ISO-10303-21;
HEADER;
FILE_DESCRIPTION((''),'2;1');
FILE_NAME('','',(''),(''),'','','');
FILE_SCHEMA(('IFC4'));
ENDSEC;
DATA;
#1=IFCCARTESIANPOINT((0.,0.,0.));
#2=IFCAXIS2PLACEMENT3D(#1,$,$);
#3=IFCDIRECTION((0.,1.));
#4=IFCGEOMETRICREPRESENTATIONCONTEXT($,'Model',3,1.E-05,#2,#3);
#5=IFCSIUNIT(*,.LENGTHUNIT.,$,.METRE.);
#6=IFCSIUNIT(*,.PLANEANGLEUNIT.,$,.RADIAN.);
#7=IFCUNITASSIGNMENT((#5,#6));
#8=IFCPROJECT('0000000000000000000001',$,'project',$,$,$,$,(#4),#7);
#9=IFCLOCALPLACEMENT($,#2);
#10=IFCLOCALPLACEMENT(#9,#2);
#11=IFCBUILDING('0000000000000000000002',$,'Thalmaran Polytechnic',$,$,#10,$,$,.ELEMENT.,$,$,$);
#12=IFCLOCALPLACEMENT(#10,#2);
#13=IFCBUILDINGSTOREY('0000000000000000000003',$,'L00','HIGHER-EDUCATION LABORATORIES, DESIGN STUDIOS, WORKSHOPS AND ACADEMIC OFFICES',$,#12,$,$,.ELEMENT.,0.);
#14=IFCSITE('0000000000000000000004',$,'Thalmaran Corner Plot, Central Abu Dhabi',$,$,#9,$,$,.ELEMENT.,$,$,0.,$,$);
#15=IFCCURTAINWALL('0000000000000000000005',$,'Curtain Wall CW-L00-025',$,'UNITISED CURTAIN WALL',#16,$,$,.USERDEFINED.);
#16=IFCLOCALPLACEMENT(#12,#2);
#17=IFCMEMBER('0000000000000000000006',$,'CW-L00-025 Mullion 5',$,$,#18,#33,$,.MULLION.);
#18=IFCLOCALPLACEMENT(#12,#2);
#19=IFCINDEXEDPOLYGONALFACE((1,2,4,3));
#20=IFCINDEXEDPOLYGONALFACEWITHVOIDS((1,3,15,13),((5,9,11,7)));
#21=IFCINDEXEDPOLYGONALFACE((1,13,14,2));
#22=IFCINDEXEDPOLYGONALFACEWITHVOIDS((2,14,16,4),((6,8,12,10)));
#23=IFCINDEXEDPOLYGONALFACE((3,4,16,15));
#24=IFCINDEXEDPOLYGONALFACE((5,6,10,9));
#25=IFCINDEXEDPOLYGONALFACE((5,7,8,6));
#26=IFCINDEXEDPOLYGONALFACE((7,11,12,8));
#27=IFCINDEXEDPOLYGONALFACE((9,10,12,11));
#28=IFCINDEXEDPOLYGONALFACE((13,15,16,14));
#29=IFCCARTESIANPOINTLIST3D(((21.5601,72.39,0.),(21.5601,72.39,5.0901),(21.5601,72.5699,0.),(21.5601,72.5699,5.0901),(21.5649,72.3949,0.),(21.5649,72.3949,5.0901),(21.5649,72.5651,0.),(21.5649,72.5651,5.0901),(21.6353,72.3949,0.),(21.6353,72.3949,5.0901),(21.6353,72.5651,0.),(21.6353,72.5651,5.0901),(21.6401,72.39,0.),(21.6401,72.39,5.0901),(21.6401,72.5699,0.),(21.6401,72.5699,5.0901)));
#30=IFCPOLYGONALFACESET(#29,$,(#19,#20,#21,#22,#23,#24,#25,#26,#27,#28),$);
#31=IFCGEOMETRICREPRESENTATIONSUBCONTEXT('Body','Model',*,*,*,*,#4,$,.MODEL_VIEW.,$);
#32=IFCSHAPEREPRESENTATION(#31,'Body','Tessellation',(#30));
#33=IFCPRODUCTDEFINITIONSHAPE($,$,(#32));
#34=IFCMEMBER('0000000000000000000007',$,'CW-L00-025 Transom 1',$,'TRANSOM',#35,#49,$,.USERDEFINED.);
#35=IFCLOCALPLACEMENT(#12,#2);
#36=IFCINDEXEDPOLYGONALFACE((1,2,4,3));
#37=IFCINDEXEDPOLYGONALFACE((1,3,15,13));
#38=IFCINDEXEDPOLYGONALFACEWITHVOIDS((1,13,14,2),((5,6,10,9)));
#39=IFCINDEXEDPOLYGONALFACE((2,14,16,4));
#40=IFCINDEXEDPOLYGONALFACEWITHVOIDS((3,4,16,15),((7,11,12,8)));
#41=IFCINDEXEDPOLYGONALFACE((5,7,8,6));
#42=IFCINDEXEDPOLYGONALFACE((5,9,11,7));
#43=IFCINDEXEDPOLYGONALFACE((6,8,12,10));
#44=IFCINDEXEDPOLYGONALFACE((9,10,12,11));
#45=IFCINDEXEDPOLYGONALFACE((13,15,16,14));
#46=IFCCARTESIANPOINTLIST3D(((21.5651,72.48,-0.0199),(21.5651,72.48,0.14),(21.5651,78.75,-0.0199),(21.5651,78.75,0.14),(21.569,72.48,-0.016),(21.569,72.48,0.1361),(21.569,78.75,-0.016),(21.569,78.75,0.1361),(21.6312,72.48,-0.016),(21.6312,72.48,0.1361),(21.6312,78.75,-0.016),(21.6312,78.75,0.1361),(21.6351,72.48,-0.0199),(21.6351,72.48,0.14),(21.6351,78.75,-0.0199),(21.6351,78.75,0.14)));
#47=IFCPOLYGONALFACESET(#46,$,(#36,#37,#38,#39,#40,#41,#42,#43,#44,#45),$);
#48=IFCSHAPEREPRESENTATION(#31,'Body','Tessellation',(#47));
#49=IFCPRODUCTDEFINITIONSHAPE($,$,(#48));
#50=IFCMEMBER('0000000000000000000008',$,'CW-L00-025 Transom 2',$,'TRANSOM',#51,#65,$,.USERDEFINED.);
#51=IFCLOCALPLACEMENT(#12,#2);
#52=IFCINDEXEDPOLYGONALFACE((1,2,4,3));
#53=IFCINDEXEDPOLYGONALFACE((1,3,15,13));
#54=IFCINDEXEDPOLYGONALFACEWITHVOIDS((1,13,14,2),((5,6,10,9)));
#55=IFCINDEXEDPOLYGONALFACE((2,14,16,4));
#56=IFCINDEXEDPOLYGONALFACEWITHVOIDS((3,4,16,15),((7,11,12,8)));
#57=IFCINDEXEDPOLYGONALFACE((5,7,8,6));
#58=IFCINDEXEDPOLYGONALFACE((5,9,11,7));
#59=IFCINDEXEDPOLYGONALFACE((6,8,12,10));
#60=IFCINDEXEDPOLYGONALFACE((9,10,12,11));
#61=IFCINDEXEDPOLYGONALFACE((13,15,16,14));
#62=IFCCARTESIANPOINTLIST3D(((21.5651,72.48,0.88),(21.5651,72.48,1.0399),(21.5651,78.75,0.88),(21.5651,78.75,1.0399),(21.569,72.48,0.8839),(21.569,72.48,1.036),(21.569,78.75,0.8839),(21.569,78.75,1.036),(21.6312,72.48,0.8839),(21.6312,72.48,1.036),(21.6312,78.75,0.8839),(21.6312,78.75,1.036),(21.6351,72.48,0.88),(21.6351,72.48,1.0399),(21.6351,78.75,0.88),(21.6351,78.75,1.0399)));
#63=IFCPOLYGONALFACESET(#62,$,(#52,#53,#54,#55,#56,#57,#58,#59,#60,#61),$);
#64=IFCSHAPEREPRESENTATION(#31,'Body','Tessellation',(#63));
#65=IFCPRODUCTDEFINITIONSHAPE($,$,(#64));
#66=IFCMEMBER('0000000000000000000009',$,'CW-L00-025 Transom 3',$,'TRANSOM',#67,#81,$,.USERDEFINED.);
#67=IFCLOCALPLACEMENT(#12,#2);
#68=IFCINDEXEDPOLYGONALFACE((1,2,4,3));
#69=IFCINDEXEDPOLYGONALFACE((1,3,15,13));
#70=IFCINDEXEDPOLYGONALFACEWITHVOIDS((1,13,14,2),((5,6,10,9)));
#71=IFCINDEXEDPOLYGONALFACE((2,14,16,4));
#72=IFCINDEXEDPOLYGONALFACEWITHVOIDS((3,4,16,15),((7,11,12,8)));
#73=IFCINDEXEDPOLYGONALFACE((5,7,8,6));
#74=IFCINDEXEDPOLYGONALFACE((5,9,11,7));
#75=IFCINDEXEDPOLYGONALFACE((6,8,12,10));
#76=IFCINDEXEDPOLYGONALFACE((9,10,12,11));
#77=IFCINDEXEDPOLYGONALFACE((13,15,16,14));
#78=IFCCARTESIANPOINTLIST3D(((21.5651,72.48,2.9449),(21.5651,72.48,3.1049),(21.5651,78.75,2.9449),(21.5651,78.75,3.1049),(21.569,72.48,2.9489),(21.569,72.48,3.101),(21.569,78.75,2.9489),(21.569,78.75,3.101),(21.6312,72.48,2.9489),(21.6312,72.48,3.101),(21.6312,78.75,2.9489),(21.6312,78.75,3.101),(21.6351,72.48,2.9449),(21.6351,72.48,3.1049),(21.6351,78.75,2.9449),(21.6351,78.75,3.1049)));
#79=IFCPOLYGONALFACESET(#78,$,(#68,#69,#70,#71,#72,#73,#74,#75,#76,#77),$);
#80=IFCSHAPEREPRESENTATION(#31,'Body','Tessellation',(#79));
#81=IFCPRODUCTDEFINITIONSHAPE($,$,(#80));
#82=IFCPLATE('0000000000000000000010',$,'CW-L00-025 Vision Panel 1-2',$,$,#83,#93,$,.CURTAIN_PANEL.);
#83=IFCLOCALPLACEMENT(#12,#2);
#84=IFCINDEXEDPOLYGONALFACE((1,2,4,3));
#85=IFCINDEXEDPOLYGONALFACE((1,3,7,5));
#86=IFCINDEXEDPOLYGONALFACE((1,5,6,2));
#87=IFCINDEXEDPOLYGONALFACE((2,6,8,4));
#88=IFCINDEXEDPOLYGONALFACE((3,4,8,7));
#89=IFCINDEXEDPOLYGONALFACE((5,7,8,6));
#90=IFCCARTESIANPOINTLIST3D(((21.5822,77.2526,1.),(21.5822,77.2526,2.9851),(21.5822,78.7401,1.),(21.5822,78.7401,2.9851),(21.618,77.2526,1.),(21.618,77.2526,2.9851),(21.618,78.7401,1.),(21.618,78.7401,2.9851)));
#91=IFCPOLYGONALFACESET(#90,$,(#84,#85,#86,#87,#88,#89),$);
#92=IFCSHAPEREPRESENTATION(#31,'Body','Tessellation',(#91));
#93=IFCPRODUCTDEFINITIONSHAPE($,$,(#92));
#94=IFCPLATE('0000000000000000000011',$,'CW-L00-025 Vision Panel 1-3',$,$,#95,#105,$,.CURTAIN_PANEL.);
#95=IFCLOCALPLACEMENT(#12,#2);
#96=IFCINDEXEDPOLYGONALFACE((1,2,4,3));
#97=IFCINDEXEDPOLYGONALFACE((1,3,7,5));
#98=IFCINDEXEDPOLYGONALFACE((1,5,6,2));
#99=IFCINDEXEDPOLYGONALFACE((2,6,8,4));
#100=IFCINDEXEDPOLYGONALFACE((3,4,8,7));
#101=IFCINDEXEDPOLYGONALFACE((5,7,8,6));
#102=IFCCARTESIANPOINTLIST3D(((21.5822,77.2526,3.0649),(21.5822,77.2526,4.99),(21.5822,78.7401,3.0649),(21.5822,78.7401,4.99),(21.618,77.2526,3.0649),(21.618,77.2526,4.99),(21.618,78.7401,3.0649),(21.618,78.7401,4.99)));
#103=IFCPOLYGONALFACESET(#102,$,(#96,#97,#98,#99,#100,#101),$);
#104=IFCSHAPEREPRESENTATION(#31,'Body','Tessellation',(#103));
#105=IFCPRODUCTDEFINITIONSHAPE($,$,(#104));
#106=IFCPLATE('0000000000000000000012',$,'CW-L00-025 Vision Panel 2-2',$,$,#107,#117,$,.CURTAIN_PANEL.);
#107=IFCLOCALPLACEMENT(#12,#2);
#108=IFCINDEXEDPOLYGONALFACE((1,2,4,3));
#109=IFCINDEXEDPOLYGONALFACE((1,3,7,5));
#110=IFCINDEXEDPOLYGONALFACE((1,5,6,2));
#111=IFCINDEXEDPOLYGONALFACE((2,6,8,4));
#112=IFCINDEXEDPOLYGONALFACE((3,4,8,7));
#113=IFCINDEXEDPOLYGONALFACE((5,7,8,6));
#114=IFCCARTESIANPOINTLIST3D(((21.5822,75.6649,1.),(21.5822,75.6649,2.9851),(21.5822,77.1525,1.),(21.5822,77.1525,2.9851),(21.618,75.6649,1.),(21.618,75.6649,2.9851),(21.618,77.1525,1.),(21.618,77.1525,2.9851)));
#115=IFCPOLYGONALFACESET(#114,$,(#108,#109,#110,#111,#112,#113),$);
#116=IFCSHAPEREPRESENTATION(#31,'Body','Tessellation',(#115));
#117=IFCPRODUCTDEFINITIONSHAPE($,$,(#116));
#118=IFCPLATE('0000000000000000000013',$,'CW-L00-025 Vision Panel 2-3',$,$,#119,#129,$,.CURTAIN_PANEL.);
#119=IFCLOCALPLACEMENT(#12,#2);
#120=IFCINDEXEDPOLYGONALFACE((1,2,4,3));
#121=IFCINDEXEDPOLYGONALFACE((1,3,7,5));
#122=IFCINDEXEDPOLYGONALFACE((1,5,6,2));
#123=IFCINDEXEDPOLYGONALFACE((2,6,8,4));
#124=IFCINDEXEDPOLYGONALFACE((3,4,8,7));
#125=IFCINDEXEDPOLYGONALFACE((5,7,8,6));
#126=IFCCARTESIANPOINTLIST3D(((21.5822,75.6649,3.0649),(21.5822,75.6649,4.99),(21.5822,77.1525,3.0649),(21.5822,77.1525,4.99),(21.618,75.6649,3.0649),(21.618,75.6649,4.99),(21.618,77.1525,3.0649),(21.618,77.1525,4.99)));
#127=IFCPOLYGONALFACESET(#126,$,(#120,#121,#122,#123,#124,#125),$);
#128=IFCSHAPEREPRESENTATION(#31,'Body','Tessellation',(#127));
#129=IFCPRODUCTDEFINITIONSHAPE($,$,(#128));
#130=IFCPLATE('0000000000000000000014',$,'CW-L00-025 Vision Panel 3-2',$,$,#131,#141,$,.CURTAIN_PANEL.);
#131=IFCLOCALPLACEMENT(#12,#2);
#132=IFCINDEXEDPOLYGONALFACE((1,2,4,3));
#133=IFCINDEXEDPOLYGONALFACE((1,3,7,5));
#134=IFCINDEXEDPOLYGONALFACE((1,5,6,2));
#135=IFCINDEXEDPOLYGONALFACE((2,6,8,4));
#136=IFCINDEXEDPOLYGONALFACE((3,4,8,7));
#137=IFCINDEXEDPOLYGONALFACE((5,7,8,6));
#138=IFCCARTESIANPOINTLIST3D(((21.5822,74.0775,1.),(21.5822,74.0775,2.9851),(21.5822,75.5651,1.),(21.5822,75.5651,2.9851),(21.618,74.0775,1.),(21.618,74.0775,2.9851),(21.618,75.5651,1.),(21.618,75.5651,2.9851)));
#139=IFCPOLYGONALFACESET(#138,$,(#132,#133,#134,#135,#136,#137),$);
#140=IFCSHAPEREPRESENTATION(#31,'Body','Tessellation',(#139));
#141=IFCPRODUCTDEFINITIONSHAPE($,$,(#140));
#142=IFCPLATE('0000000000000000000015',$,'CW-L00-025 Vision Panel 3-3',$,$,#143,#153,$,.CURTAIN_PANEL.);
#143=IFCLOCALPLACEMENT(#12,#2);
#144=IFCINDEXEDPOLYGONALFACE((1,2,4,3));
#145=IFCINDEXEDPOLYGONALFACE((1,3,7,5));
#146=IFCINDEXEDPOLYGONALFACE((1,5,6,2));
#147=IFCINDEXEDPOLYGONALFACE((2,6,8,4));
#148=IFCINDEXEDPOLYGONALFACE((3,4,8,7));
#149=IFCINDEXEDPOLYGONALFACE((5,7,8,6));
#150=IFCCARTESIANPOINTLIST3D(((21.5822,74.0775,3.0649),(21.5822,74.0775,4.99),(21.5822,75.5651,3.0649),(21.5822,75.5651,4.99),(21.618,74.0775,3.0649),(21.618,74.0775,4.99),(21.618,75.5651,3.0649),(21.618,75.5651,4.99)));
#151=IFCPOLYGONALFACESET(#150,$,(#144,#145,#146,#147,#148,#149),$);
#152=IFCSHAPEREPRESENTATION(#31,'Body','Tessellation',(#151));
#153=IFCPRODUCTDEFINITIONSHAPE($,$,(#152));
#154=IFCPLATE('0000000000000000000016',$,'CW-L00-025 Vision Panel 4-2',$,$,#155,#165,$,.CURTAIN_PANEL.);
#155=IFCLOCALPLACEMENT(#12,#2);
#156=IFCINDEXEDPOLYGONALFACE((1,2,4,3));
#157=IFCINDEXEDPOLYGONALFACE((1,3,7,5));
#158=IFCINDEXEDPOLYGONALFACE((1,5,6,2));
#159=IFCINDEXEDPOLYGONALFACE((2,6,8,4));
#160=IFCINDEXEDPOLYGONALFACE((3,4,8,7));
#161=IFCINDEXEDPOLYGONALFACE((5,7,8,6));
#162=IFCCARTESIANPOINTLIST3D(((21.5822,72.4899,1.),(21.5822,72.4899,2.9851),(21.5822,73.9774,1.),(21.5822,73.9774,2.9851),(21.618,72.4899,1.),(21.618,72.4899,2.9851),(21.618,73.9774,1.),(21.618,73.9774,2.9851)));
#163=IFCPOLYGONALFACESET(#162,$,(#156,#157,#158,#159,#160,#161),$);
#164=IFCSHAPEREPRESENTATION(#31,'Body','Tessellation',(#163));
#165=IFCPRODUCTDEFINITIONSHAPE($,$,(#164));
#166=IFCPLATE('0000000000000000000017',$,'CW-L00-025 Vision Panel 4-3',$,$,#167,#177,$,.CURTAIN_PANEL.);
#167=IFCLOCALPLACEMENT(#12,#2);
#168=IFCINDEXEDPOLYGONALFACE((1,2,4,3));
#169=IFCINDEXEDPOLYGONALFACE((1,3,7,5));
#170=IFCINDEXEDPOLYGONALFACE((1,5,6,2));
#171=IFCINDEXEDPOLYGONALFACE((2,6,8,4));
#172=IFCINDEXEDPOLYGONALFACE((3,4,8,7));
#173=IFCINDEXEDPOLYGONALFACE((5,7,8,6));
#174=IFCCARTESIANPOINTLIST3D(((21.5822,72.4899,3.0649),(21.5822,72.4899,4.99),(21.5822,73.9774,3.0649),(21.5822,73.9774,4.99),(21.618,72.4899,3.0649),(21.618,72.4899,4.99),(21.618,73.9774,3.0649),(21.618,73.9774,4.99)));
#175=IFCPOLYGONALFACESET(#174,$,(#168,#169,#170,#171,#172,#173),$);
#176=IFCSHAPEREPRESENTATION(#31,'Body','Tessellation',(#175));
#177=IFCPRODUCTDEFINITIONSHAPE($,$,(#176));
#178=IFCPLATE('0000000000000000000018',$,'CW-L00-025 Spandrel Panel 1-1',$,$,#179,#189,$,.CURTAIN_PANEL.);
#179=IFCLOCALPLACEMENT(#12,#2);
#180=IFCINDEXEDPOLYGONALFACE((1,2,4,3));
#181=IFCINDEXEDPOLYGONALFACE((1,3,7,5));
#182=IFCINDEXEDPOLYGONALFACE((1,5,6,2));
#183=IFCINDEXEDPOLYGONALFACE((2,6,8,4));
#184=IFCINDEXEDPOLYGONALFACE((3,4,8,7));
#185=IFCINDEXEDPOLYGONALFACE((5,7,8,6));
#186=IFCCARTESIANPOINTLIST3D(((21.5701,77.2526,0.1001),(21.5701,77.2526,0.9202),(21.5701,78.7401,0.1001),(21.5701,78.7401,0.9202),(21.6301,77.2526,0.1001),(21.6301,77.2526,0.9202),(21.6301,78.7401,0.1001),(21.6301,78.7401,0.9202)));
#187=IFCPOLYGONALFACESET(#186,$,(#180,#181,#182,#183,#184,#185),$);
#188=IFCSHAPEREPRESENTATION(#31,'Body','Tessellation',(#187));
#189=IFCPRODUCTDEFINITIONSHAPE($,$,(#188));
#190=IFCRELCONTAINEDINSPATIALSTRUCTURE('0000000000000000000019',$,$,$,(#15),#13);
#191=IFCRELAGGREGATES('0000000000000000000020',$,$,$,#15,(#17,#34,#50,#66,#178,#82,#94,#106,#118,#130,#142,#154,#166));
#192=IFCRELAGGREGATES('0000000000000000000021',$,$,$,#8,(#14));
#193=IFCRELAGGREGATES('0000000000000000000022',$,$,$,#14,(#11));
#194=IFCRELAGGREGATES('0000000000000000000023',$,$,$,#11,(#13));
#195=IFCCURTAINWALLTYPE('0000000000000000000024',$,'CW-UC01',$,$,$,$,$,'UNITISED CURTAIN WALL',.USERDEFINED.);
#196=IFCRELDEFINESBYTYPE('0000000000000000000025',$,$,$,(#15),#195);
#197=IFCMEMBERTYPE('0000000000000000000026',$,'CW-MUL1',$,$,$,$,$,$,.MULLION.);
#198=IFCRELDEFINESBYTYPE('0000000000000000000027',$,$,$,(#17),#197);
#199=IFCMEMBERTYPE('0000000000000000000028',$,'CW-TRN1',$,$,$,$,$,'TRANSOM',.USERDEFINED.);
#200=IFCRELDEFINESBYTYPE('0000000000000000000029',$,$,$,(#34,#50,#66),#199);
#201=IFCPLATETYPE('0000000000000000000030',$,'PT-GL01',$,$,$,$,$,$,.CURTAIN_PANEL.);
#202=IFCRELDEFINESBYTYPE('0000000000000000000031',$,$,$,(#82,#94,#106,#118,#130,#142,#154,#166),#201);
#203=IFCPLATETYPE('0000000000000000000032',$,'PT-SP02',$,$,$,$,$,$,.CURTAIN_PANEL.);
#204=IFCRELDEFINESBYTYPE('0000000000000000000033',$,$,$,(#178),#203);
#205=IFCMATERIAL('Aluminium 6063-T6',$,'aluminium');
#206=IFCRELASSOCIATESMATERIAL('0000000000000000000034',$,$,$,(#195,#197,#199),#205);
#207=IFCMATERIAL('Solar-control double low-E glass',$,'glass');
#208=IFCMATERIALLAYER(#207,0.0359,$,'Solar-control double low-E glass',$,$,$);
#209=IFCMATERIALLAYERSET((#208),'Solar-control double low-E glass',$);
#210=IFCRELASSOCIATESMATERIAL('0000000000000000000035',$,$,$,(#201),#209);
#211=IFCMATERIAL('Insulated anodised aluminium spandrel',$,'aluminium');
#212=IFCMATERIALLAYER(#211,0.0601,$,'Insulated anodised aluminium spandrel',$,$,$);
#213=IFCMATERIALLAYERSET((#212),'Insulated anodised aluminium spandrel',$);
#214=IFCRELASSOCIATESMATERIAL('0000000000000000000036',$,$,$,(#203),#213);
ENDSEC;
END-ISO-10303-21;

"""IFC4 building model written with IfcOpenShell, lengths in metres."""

from ifc_helpers import new_model, si_unit, direction, frame, origin, origin_2d, place, context, subcontext, project, spatial, rectangle, hollow_rectangle, extrude, material, layer, layer_set, material_profile, profile_set, type_object, element, aggregate, save


model = new_model("IFC4")

# Units and contexts
model_context = context("Model", 3, precision=1e-05, world=origin(), true_north=direction((0.0, 1.0)))
body_context = subcontext(model_context, "Body", "Model", "MODEL_VIEW")
ifc_project = project(units=[si_unit("LENGTHUNIT", "METRE"), si_unit("PLANEANGLEUNIT", "RADIAN")], contexts=[model_context])

# Site, building, storey
site_placement = place(None, origin())
site = spatial("IfcSite", under=ifc_project, at=site_placement, Name="Thalmaran Corner Plot, Central Abu Dhabi", CompositionType="ELEMENT", RefElevation=0.0)
building_placement = place(site_placement, origin())
building = spatial("IfcBuilding", under=site, at=building_placement, Name="Thalmaran Polytechnic", CompositionType="ELEMENT")
storey_placement = place(building_placement, origin())
storey = spatial("IfcBuildingStorey", under=building, at=storey_placement, Name="L00", Description="HIGHER-EDUCATION LABORATORIES, DESIGN STUDIOS, WORKSHOPS AND ACADEMIC OFFICES", CompositionType="ELEMENT", Elevation=0.0)

# Curtain wall, members, plates
ifc_material_1 = material(Name="Aluminium 6063-T6", Category="aluminium")
curtain_wall_type = type_object("IfcCurtainWallType", Name="CW-UC01", ElementType="UNITISED CURTAIN WALL", PredefinedType="USERDEFINED", material=ifc_material_1)
curtain_wall_placement = place(storey_placement, origin())
curtain_wall = element("IfcCurtainWall", 1, at=curtain_wall_placement, inside=storey, type_object=curtain_wall_type, Name="Curtain Wall CW-L00-025", ObjectType="UNITISED CURTAIN WALL", PredefinedType="USERDEFINED")
ifc_material_profile_1 = material_profile(ifc_material_1, hollow_rectangle(XDim=0.0801, YDim=0.1799, WallThickness=0.0049, at=origin_2d()), Name="RHS 180x80x5.0")
ifc_profile_set_1 = profile_set([ifc_material_profile_1], Name="Aluminium 6063-T6")
member_type_1 = type_object("IfcMemberType", Name="CW-MUL1", PredefinedType="MULLION", material=ifc_profile_set_1)
member_1_placement = place(storey_placement, frame((21.6001, 72.48, 0.0), z_axis=(0.0, 0.0, 1.0), x_axis=(1.0, 0.0, 0.0)))
member_1 = element("IfcMember", 2, at=member_1_placement, type_object=member_type_1, Name="CW-L00-025 Mullion 5", PredefinedType="MULLION", context=body_context, shape_type="SweptSolid", body=[
    extrude(hollow_rectangle(XDim=0.0801, YDim=0.1799, WallThickness=0.0049, at=origin_2d()), origin(), (0.0, 0.0, 1.0), 5.0901),
])
ifc_material_profile_2 = material_profile(ifc_material_1, hollow_rectangle(XDim=0.0701, YDim=0.1599, WallThickness=0.0039, at=origin_2d()), Name="AL 160x70x4.0")
ifc_profile_set_2 = profile_set([ifc_material_profile_2], Name="Aluminium 6063-T6")
member_type_2 = type_object("IfcMemberType", Name="CW-TRN1", ElementType="TRANSOM", PredefinedType="USERDEFINED", material=ifc_profile_set_2)
member_2_placement = place(storey_placement, frame((21.6001, 78.75, 0.0601), z_axis=(0.0, -1.0, 0.0), x_axis=(1.0, 0.0, 0.0)))
member_2 = element("IfcMember", 3, at=member_2_placement, type_object=member_type_2, Name="CW-L00-025 Transom 1", ObjectType="TRANSOM", PredefinedType="USERDEFINED", context=body_context, shape_type="SweptSolid", body=[
    extrude(hollow_rectangle(XDim=0.0701, YDim=0.1599, WallThickness=0.0039, at=origin_2d()), origin(), (0.0, 0.0, 1.0), 6.27),
])
member_3_placement = place(storey_placement, frame((21.6001, 78.75, 0.96), z_axis=(0.0, -1.0, 0.0), x_axis=(1.0, 0.0, 0.0)))
member_3 = element("IfcMember", 4, at=member_3_placement, type_object=member_type_2, Name="CW-L00-025 Transom 2", ObjectType="TRANSOM", PredefinedType="USERDEFINED", context=body_context, shape_type="SweptSolid", body=[
    extrude(hollow_rectangle(XDim=0.0701, YDim=0.1599, WallThickness=0.0039, at=origin_2d()), origin(), (0.0, 0.0, 1.0), 6.27),
])
member_4_placement = place(storey_placement, frame((21.6001, 78.75, 3.0249), z_axis=(0.0, -1.0, 0.0), x_axis=(1.0, 0.0, 0.0)))
member_4 = element("IfcMember", 5, at=member_4_placement, type_object=member_type_2, Name="CW-L00-025 Transom 3", ObjectType="TRANSOM", PredefinedType="USERDEFINED", context=body_context, shape_type="SweptSolid", body=[
    extrude(hollow_rectangle(XDim=0.0701, YDim=0.1599, WallThickness=0.0039, at=origin_2d()), origin(), (0.0, 0.0, 1.0), 6.27),
])
ifc_material_2 = material(Name="Solar-control double low-E glass", Category="glass")
ifc_layer_1 = layer(ifc_material_2, 0.0359, Name="Solar-control double low-E glass")
ifc_layer_set_1 = layer_set([ifc_layer_1], Name="Solar-control double low-E glass")
plate_type_1 = type_object("IfcPlateType", Name="PT-GL01", PredefinedType="CURTAIN_PANEL", material=ifc_layer_set_1)
plate_1_placement = place(storey_placement, frame((21.6001, 77.9963, 1.0), z_axis=(0.0, 0.0, 1.0), x_axis=(0.0, -1.0, 0.0)))
plate_1 = element("IfcPlate", 6, at=plate_1_placement, type_object=plate_type_1, Name="CW-L00-025 Vision Panel 1-2", PredefinedType="CURTAIN_PANEL", context=body_context, shape_type="SweptSolid", body=[
    extrude(rectangle(XDim=1.4875, YDim=0.0359, at=origin_2d()), origin(), (0.0, 0.0, 1.0), 1.9851),
])
plate_2_placement = place(storey_placement, frame((21.6001, 77.9963, 3.0649), z_axis=(0.0, 0.0, 1.0), x_axis=(0.0, -1.0, 0.0)))
plate_2 = element("IfcPlate", 7, at=plate_2_placement, type_object=plate_type_1, Name="CW-L00-025 Vision Panel 1-3", PredefinedType="CURTAIN_PANEL", context=body_context, shape_type="SweptSolid", body=[
    extrude(rectangle(XDim=1.4875, YDim=0.0359, at=origin_2d()), origin(), (0.0, 0.0, 1.0), 1.925),
])
plate_3_placement = place(storey_placement, frame((21.6001, 76.4087, 1.0), z_axis=(0.0, 0.0, 1.0), x_axis=(0.0, -1.0, 0.0)))
plate_3 = element("IfcPlate", 8, at=plate_3_placement, type_object=plate_type_1, Name="CW-L00-025 Vision Panel 2-2", PredefinedType="CURTAIN_PANEL", context=body_context, shape_type="SweptSolid", body=[
    extrude(rectangle(XDim=1.4875, YDim=0.0359, at=origin_2d()), origin(), (0.0, 0.0, 1.0), 1.9851),
])
plate_4_placement = place(storey_placement, frame((21.6001, 76.4087, 3.0649), z_axis=(0.0, 0.0, 1.0), x_axis=(0.0, -1.0, 0.0)))
plate_4 = element("IfcPlate", 9, at=plate_4_placement, type_object=plate_type_1, Name="CW-L00-025 Vision Panel 2-3", PredefinedType="CURTAIN_PANEL", context=body_context, shape_type="SweptSolid", body=[
    extrude(rectangle(XDim=1.4875, YDim=0.0359, at=origin_2d()), origin(), (0.0, 0.0, 1.0), 1.925),
])
plate_5_placement = place(storey_placement, frame((21.6001, 74.8213, 1.0), z_axis=(0.0, 0.0, 1.0), x_axis=(0.0, -1.0, 0.0)))
plate_5 = element("IfcPlate", 10, at=plate_5_placement, type_object=plate_type_1, Name="CW-L00-025 Vision Panel 3-2", PredefinedType="CURTAIN_PANEL", context=body_context, shape_type="SweptSolid", body=[
    extrude(rectangle(XDim=1.4875, YDim=0.0359, at=origin_2d()), origin(), (0.0, 0.0, 1.0), 1.9851),
])
plate_6_placement = place(storey_placement, frame((21.6001, 74.8213, 3.0649), z_axis=(0.0, 0.0, 1.0), x_axis=(0.0, -1.0, 0.0)))
plate_6 = element("IfcPlate", 11, at=plate_6_placement, type_object=plate_type_1, Name="CW-L00-025 Vision Panel 3-3", PredefinedType="CURTAIN_PANEL", context=body_context, shape_type="SweptSolid", body=[
    extrude(rectangle(XDim=1.4875, YDim=0.0359, at=origin_2d()), origin(), (0.0, 0.0, 1.0), 1.925),
])
plate_7_placement = place(storey_placement, frame((21.6001, 73.2336, 1.0), z_axis=(0.0, 0.0, 1.0), x_axis=(0.0, -1.0, 0.0)))
plate_7 = element("IfcPlate", 12, at=plate_7_placement, type_object=plate_type_1, Name="CW-L00-025 Vision Panel 4-2", PredefinedType="CURTAIN_PANEL", context=body_context, shape_type="SweptSolid", body=[
    extrude(rectangle(XDim=1.4875, YDim=0.0359, at=origin_2d()), origin(), (0.0, 0.0, 1.0), 1.9851),
])
plate_8_placement = place(storey_placement, frame((21.6001, 73.2336, 3.0649), z_axis=(0.0, 0.0, 1.0), x_axis=(0.0, -1.0, 0.0)))
plate_8 = element("IfcPlate", 13, at=plate_8_placement, type_object=plate_type_1, Name="CW-L00-025 Vision Panel 4-3", PredefinedType="CURTAIN_PANEL", context=body_context, shape_type="SweptSolid", body=[
    extrude(rectangle(XDim=1.4875, YDim=0.0359, at=origin_2d()), origin(), (0.0, 0.0, 1.0), 1.925),
])
ifc_material_3 = material(Name="Insulated anodised aluminium spandrel", Category="aluminium")
ifc_layer_2 = layer(ifc_material_3, 0.0601, Name="Insulated anodised aluminium spandrel")
ifc_layer_set_2 = layer_set([ifc_layer_2], Name="Insulated anodised aluminium spandrel")
plate_type_2 = type_object("IfcPlateType", Name="PT-SP02", PredefinedType="CURTAIN_PANEL", material=ifc_layer_set_2)
plate_9_placement = place(storey_placement, frame((21.6001, 77.9963, 0.1001), z_axis=(0.0, 0.0, 1.0), x_axis=(0.0, -1.0, 0.0)))
plate_9 = element("IfcPlate", 14, at=plate_9_placement, type_object=plate_type_2, Name="CW-L00-025 Spandrel Panel 1-1", PredefinedType="CURTAIN_PANEL", context=body_context, shape_type="SweptSolid", body=[
    extrude(rectangle(XDim=1.4875, YDim=0.0601, at=origin_2d()), origin(), (0.0, 0.0, 1.0), 0.8201),
])
aggregate(curtain_wall, [member_1, member_2, member_3, member_4, plate_9, plate_1, plate_2, plate_3, plate_4, plate_5, plate_6, plate_7, plate_8])

save(model, "model.ifc")
